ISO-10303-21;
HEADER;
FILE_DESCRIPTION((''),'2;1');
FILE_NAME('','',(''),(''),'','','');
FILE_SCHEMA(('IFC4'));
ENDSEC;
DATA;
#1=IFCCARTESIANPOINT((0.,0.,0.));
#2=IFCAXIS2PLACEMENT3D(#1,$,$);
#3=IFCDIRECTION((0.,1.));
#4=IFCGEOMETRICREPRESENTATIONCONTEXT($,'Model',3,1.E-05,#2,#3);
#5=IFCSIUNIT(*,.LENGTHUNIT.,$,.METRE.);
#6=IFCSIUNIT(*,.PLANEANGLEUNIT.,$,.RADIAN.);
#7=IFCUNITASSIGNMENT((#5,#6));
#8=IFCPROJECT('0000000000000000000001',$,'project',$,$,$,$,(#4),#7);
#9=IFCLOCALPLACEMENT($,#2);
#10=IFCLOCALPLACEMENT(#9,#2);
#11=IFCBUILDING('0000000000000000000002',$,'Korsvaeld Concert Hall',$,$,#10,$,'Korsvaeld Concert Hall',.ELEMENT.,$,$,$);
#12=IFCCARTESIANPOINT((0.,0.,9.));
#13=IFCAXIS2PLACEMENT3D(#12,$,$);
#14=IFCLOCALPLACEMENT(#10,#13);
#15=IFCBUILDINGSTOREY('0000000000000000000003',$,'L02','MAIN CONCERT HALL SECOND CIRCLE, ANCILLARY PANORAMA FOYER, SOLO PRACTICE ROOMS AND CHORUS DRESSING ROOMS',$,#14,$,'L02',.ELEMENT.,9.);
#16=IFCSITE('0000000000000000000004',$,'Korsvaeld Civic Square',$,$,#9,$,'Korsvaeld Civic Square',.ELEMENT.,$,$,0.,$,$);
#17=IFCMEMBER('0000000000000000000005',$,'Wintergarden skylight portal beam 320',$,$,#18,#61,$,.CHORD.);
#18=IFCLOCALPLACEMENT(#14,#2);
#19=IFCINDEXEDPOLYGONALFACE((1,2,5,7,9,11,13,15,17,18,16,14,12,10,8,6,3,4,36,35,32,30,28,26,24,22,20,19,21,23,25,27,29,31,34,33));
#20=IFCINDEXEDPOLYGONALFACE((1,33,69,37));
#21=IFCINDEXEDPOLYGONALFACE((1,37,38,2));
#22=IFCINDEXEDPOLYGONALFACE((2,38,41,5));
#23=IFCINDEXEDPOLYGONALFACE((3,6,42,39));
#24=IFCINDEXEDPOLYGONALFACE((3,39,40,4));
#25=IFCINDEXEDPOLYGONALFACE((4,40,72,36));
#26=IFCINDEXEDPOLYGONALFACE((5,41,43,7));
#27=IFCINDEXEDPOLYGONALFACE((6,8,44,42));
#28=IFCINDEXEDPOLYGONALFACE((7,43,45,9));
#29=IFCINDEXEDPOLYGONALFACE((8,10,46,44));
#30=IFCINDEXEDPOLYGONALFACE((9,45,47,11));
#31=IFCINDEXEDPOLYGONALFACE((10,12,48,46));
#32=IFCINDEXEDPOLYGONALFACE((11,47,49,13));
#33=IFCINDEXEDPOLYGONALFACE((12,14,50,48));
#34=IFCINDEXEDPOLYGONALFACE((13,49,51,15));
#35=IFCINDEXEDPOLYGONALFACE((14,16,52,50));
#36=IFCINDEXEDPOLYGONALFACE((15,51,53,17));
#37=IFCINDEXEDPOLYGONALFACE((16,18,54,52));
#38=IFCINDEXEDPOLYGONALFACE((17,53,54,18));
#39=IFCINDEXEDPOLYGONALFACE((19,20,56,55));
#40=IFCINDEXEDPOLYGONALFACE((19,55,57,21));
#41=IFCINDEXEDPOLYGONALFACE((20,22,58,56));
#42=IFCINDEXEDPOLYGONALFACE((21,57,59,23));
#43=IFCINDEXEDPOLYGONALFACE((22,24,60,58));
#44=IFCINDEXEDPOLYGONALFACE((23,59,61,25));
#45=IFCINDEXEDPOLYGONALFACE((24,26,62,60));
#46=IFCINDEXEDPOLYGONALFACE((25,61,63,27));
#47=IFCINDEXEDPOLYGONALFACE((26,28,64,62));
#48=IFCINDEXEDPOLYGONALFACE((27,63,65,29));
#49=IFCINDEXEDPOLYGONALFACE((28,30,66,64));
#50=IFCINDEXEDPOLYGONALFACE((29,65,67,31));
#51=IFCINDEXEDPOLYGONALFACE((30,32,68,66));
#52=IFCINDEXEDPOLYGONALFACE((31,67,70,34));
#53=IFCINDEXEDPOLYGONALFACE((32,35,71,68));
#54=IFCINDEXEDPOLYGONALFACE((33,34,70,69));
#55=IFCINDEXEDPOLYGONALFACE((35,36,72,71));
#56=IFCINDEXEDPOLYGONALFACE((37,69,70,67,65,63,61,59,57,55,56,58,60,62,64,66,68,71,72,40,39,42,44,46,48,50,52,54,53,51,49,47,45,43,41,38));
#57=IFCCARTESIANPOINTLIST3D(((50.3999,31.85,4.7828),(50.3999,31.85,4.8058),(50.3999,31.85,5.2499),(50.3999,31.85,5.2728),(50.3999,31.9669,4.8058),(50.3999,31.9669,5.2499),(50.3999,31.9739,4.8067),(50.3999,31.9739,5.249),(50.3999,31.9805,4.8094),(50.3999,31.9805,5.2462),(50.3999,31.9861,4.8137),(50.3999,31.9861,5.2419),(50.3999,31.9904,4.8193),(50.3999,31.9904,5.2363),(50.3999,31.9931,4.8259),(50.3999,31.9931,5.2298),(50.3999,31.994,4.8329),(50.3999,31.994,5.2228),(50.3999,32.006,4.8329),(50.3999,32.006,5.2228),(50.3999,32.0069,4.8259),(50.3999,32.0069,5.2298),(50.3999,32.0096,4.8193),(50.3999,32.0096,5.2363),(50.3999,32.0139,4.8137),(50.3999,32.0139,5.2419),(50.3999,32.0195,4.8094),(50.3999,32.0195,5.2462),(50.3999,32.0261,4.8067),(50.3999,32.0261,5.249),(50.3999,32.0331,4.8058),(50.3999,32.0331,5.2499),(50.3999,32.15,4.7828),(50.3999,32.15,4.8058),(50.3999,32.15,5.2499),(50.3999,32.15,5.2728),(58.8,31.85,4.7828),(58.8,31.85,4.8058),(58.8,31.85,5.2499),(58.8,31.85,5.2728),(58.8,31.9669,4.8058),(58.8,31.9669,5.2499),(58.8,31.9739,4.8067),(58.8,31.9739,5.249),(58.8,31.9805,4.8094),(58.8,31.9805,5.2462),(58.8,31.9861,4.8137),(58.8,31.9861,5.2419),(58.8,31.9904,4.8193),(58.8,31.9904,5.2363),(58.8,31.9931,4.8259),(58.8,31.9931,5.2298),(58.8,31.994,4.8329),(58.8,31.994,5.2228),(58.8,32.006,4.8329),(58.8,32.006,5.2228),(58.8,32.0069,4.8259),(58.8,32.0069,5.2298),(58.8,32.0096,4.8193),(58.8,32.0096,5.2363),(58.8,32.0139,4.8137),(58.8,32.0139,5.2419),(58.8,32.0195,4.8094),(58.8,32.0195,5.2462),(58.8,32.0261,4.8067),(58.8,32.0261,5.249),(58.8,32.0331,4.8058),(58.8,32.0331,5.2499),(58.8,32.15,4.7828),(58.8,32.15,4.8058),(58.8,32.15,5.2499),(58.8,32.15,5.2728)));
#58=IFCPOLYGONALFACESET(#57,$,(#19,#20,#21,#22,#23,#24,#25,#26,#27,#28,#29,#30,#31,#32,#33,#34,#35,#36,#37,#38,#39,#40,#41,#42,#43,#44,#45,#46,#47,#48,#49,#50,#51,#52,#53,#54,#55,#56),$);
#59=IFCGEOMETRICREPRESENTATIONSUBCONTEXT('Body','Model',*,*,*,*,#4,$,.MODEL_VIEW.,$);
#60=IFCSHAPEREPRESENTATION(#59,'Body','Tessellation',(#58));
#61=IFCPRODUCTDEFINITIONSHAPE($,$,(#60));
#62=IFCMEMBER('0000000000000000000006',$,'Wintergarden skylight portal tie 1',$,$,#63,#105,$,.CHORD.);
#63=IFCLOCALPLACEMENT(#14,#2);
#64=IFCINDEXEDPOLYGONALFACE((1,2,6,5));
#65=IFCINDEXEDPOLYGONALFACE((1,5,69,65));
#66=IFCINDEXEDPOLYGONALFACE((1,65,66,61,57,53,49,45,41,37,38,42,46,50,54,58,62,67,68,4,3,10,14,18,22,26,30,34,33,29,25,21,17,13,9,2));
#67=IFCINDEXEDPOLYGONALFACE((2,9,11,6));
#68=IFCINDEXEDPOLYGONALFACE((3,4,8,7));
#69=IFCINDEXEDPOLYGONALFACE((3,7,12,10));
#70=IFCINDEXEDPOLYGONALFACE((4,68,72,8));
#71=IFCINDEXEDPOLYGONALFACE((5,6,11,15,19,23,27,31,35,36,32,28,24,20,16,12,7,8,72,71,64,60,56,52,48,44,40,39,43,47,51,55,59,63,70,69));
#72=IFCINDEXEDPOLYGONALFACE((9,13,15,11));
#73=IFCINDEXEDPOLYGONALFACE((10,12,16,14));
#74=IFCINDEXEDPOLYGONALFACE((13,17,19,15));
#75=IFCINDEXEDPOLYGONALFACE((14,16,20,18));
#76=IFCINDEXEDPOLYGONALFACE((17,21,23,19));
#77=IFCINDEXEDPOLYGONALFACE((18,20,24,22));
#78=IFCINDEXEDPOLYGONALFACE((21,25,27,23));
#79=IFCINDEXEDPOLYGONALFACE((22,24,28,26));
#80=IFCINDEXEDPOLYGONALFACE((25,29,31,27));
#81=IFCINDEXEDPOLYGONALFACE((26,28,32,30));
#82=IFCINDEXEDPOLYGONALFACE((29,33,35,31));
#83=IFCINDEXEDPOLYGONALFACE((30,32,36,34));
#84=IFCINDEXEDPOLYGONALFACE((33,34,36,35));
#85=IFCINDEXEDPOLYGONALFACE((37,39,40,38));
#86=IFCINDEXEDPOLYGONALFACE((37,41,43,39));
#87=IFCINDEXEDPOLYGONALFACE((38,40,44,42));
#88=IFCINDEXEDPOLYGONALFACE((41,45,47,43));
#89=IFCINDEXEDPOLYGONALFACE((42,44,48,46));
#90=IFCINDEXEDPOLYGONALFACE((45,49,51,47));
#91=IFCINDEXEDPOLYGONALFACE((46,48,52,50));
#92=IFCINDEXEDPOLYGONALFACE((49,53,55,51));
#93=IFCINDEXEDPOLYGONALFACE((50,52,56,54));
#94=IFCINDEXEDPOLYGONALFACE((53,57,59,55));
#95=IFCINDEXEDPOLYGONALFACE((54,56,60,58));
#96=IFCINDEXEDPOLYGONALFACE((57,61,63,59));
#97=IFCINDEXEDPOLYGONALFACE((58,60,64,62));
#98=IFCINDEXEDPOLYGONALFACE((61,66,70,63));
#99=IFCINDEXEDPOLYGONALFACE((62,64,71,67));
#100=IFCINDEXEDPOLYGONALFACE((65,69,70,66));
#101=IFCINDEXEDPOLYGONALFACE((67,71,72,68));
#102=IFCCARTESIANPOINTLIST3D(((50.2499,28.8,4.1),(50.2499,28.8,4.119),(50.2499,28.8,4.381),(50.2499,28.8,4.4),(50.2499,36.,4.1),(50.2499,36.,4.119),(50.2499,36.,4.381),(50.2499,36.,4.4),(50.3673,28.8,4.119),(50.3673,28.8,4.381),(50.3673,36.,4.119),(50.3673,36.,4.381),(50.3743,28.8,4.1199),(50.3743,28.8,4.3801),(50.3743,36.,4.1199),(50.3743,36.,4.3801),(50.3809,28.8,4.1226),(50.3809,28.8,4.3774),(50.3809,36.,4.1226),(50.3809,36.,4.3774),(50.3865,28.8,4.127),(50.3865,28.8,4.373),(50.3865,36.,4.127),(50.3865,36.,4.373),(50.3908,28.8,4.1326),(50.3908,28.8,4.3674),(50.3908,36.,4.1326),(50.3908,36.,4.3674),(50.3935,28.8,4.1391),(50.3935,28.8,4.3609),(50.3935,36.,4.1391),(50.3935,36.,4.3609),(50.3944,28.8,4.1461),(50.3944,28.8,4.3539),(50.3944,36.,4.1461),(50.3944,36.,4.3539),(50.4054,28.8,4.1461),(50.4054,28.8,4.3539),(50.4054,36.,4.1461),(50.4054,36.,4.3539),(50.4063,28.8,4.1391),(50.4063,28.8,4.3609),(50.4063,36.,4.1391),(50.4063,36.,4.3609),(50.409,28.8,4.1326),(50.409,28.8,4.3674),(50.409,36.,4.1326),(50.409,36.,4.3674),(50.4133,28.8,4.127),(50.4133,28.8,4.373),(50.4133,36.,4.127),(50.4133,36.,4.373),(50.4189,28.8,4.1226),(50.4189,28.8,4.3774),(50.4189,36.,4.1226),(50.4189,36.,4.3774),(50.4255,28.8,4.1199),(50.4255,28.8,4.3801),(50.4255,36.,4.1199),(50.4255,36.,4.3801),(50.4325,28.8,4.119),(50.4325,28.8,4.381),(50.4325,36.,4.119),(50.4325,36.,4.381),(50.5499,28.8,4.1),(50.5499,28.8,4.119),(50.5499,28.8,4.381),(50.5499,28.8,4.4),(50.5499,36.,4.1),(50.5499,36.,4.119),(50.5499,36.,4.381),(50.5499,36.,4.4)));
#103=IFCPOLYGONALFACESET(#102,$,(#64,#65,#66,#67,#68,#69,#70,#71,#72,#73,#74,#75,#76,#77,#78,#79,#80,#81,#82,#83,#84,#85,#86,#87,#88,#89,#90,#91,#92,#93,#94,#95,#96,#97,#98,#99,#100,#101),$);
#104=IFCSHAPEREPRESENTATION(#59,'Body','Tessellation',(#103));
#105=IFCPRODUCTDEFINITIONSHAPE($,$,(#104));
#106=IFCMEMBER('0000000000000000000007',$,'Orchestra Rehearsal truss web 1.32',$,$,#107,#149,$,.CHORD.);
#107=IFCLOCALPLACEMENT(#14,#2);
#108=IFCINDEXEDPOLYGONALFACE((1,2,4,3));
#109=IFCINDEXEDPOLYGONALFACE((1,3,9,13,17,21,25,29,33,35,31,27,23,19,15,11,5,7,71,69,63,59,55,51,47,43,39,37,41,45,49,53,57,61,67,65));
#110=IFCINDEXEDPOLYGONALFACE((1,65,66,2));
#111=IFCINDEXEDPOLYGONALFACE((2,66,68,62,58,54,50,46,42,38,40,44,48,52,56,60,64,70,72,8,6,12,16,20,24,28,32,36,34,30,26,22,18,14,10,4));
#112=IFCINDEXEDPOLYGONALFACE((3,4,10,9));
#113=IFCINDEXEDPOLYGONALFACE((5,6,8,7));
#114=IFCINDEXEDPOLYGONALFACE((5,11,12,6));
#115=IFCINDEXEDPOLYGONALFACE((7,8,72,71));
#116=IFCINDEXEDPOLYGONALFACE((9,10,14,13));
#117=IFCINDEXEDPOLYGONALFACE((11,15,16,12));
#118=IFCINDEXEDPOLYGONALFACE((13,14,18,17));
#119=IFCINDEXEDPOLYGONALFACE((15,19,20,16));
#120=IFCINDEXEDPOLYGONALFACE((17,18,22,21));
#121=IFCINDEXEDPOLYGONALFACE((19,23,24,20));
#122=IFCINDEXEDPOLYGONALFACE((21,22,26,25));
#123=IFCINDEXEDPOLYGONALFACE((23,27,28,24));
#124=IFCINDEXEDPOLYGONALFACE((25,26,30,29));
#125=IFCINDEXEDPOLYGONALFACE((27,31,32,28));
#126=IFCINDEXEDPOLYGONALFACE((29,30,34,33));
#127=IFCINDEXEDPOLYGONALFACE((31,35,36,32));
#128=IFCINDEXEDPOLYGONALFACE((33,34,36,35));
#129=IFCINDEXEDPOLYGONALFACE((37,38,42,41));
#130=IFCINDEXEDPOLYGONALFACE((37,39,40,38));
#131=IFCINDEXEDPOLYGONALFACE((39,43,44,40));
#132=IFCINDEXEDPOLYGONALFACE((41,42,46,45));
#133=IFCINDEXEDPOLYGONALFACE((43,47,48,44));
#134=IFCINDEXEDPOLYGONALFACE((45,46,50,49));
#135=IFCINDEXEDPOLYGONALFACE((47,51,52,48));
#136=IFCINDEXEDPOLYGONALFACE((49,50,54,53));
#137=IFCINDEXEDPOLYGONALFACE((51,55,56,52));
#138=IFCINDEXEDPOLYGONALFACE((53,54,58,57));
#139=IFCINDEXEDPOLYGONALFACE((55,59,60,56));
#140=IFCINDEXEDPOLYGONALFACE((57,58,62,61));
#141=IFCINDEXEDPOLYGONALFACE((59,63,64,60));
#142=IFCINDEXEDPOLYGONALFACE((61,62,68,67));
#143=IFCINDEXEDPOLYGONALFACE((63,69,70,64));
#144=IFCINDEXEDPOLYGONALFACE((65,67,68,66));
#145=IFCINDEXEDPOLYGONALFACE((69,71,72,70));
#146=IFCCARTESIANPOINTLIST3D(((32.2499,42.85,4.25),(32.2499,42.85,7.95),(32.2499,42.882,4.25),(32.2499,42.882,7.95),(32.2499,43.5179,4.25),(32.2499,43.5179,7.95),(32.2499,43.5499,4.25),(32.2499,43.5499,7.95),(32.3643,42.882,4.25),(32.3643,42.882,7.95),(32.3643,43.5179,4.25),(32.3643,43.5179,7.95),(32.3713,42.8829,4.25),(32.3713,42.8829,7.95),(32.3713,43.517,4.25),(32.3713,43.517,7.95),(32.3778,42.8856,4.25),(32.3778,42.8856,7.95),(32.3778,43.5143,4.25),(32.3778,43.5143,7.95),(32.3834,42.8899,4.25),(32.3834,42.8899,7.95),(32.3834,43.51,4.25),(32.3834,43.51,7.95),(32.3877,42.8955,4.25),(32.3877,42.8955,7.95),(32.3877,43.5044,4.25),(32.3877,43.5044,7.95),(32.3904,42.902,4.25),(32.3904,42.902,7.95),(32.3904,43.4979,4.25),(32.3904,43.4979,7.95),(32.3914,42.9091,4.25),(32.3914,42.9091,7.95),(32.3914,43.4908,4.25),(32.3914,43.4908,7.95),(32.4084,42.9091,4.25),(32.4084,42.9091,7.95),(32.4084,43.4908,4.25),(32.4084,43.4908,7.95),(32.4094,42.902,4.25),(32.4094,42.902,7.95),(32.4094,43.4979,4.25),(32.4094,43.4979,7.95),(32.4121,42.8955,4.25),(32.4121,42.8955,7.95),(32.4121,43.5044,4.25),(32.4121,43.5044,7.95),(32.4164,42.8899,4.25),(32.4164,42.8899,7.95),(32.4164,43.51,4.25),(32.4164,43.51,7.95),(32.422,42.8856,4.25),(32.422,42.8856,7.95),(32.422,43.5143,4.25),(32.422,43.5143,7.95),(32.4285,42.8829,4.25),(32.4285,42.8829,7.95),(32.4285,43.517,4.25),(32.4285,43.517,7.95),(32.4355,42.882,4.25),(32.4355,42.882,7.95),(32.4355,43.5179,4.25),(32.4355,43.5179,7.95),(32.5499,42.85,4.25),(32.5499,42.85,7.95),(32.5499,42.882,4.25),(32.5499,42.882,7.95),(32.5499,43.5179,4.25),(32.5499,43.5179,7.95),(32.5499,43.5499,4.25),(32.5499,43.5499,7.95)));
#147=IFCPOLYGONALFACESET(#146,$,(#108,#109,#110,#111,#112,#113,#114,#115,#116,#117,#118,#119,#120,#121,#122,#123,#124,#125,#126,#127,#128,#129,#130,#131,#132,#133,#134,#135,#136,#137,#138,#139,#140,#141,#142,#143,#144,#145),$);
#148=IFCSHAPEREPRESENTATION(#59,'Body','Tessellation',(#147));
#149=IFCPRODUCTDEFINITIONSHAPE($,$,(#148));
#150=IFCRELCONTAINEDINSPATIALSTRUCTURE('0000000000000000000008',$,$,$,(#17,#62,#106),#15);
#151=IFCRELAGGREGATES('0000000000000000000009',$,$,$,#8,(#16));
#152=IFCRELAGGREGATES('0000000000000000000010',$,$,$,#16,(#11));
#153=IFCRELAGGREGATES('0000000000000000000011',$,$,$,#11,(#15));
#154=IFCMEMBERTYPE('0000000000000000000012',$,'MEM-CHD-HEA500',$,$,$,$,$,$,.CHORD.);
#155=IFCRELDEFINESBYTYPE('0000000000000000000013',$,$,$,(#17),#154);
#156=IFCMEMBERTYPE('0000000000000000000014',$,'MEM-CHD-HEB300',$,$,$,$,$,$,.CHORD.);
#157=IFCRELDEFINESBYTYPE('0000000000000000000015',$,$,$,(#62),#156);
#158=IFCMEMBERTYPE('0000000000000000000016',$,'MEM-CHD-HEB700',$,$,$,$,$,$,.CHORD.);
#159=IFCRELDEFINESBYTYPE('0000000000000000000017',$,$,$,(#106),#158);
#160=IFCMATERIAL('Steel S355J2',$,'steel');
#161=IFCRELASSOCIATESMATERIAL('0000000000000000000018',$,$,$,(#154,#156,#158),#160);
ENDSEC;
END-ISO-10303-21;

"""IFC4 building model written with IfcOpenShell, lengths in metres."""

from ifc_helpers import new_model, si_unit, direction, frame, origin, origin_2d, place, context, subcontext, project, spatial, i_section, extrude, material, material_profile, profile_set, type_object, element, save


model = new_model("IFC4")

# Units and contexts
model_context = context("Model", 3, precision=1e-05, world=origin(), true_north=direction((0.0, 1.0)))
body_context = subcontext(model_context, "Body", "Model", "MODEL_VIEW")
ifc_project = project(units=[si_unit("LENGTHUNIT", "METRE"), si_unit("PLANEANGLEUNIT", "RADIAN")], contexts=[model_context])

# Site, building, storey
site_placement = place(None, origin())
site = spatial("IfcSite", under=ifc_project, at=site_placement, Name="Korsvaeld Civic Square", LongName="Korsvaeld Civic Square", CompositionType="ELEMENT", RefElevation=0.0)
building_placement = place(site_placement, origin())
building = spatial("IfcBuilding", under=site, at=building_placement, Name="Korsvaeld Concert Hall", LongName="Korsvaeld Concert Hall", CompositionType="ELEMENT")
storey_placement = place(building_placement, frame((0.0, 0.0, 9.0)))
storey = spatial("IfcBuildingStorey", under=building, at=storey_placement, Name="L02", Description="MAIN CONCERT HALL SECOND CIRCLE, ANCILLARY PANORAMA FOYER, SOLO PRACTICE ROOMS AND CHORUS DRESSING ROOMS", LongName="L02", CompositionType="ELEMENT", Elevation=9.0)

# Members
ifc_material_1 = material(Name="Steel S355J2", Category="steel")
ifc_material_profile_1 = material_profile(ifc_material_1, i_section(OverallWidth=0.3, OverallDepth=0.49, WebThickness=0.012, FlangeThickness=0.0229, FilletRadius=0.0271, at=origin_2d()), Name="HEA 500")
ifc_profile_set_1 = profile_set([ifc_material_profile_1], Name="Steel S355J2")
member_type_1 = type_object("IfcMemberType", Name="MEM-CHD-HEA500", PredefinedType="CHORD", material=ifc_profile_set_1)
for number, where, z_axis, x_axis, name in (
    (1, (50.3999, 32.0, 5.0278), (1.0, 0.0, 0.0), (0.0, 1.0, 0.0), "Wintergarden skylight portal beam 320"),
):
    element("IfcMember", number, at=place(storey_placement, frame(where, z_axis=z_axis, x_axis=x_axis)), inside=storey, type_object=member_type_1, Name=name, PredefinedType="CHORD", context=body_context, shape_type="SweptSolid", body=[
        extrude(i_section(OverallWidth=0.3, OverallDepth=0.49, WebThickness=0.012, FlangeThickness=0.0229, FilletRadius=0.0271, at=origin_2d()), origin(), (0.0, 0.0, 1.0), 8.4001),
    ])
ifc_material_profile_2 = material_profile(ifc_material_1, i_section(OverallWidth=0.3, OverallDepth=0.3, WebThickness=0.011, FlangeThickness=0.019, FilletRadius=0.0271, at=origin_2d()), Name="HEB 300")
ifc_profile_set_2 = profile_set([ifc_material_profile_2], Name="Steel S355J2")
member_type_2 = type_object("IfcMemberType", Name="MEM-CHD-HEB300", PredefinedType="CHORD", material=ifc_profile_set_2)
member_1_placement = place(storey_placement, frame((50.3999, 28.8, 4.25), z_axis=(0.0, 1.0, 0.0), x_axis=(-1.0, 0.0, 0.0)))
element("IfcMember", 2, at=member_1_placement, inside=storey, type_object=member_type_2, Name="Wintergarden skylight portal tie 1", PredefinedType="CHORD", context=body_context, shape_type="SweptSolid", body=[
    extrude(i_section(OverallWidth=0.3, OverallDepth=0.3, WebThickness=0.011, FlangeThickness=0.019, FilletRadius=0.0271, at=origin_2d()), origin(), (0.0, 0.0, 1.0), 7.2),
])
ifc_material_profile_3 = material_profile(ifc_material_1, i_section(OverallWidth=0.3, OverallDepth=0.7, WebThickness=0.0171, FlangeThickness=0.032, FilletRadius=0.0271, at=origin_2d()), Name="HEB 700")
ifc_profile_set_3 = profile_set([ifc_material_profile_3], Name="Steel S355J2")
member_type_3 = type_object("IfcMemberType", Name="MEM-CHD-HEB700", PredefinedType="CHORD", material=ifc_profile_set_3)
member_2_placement = place(storey_placement, frame((32.3999, 43.2, 4.25), z_axis=(0.0, 0.0, 1.0), x_axis=(1.0, 0.0, 0.0)))
element("IfcMember", 3, at=member_2_placement, inside=storey, type_object=member_type_3, Name="Orchestra Rehearsal truss web 1.32", PredefinedType="CHORD", context=body_context, shape_type="SweptSolid", body=[
    extrude(i_section(OverallWidth=0.3, OverallDepth=0.7, WebThickness=0.0171, FlangeThickness=0.032, FilletRadius=0.0271, at=origin_2d()), origin(), (0.0, 0.0, 1.0), 3.7),
])

save(model, "model.ifc")
